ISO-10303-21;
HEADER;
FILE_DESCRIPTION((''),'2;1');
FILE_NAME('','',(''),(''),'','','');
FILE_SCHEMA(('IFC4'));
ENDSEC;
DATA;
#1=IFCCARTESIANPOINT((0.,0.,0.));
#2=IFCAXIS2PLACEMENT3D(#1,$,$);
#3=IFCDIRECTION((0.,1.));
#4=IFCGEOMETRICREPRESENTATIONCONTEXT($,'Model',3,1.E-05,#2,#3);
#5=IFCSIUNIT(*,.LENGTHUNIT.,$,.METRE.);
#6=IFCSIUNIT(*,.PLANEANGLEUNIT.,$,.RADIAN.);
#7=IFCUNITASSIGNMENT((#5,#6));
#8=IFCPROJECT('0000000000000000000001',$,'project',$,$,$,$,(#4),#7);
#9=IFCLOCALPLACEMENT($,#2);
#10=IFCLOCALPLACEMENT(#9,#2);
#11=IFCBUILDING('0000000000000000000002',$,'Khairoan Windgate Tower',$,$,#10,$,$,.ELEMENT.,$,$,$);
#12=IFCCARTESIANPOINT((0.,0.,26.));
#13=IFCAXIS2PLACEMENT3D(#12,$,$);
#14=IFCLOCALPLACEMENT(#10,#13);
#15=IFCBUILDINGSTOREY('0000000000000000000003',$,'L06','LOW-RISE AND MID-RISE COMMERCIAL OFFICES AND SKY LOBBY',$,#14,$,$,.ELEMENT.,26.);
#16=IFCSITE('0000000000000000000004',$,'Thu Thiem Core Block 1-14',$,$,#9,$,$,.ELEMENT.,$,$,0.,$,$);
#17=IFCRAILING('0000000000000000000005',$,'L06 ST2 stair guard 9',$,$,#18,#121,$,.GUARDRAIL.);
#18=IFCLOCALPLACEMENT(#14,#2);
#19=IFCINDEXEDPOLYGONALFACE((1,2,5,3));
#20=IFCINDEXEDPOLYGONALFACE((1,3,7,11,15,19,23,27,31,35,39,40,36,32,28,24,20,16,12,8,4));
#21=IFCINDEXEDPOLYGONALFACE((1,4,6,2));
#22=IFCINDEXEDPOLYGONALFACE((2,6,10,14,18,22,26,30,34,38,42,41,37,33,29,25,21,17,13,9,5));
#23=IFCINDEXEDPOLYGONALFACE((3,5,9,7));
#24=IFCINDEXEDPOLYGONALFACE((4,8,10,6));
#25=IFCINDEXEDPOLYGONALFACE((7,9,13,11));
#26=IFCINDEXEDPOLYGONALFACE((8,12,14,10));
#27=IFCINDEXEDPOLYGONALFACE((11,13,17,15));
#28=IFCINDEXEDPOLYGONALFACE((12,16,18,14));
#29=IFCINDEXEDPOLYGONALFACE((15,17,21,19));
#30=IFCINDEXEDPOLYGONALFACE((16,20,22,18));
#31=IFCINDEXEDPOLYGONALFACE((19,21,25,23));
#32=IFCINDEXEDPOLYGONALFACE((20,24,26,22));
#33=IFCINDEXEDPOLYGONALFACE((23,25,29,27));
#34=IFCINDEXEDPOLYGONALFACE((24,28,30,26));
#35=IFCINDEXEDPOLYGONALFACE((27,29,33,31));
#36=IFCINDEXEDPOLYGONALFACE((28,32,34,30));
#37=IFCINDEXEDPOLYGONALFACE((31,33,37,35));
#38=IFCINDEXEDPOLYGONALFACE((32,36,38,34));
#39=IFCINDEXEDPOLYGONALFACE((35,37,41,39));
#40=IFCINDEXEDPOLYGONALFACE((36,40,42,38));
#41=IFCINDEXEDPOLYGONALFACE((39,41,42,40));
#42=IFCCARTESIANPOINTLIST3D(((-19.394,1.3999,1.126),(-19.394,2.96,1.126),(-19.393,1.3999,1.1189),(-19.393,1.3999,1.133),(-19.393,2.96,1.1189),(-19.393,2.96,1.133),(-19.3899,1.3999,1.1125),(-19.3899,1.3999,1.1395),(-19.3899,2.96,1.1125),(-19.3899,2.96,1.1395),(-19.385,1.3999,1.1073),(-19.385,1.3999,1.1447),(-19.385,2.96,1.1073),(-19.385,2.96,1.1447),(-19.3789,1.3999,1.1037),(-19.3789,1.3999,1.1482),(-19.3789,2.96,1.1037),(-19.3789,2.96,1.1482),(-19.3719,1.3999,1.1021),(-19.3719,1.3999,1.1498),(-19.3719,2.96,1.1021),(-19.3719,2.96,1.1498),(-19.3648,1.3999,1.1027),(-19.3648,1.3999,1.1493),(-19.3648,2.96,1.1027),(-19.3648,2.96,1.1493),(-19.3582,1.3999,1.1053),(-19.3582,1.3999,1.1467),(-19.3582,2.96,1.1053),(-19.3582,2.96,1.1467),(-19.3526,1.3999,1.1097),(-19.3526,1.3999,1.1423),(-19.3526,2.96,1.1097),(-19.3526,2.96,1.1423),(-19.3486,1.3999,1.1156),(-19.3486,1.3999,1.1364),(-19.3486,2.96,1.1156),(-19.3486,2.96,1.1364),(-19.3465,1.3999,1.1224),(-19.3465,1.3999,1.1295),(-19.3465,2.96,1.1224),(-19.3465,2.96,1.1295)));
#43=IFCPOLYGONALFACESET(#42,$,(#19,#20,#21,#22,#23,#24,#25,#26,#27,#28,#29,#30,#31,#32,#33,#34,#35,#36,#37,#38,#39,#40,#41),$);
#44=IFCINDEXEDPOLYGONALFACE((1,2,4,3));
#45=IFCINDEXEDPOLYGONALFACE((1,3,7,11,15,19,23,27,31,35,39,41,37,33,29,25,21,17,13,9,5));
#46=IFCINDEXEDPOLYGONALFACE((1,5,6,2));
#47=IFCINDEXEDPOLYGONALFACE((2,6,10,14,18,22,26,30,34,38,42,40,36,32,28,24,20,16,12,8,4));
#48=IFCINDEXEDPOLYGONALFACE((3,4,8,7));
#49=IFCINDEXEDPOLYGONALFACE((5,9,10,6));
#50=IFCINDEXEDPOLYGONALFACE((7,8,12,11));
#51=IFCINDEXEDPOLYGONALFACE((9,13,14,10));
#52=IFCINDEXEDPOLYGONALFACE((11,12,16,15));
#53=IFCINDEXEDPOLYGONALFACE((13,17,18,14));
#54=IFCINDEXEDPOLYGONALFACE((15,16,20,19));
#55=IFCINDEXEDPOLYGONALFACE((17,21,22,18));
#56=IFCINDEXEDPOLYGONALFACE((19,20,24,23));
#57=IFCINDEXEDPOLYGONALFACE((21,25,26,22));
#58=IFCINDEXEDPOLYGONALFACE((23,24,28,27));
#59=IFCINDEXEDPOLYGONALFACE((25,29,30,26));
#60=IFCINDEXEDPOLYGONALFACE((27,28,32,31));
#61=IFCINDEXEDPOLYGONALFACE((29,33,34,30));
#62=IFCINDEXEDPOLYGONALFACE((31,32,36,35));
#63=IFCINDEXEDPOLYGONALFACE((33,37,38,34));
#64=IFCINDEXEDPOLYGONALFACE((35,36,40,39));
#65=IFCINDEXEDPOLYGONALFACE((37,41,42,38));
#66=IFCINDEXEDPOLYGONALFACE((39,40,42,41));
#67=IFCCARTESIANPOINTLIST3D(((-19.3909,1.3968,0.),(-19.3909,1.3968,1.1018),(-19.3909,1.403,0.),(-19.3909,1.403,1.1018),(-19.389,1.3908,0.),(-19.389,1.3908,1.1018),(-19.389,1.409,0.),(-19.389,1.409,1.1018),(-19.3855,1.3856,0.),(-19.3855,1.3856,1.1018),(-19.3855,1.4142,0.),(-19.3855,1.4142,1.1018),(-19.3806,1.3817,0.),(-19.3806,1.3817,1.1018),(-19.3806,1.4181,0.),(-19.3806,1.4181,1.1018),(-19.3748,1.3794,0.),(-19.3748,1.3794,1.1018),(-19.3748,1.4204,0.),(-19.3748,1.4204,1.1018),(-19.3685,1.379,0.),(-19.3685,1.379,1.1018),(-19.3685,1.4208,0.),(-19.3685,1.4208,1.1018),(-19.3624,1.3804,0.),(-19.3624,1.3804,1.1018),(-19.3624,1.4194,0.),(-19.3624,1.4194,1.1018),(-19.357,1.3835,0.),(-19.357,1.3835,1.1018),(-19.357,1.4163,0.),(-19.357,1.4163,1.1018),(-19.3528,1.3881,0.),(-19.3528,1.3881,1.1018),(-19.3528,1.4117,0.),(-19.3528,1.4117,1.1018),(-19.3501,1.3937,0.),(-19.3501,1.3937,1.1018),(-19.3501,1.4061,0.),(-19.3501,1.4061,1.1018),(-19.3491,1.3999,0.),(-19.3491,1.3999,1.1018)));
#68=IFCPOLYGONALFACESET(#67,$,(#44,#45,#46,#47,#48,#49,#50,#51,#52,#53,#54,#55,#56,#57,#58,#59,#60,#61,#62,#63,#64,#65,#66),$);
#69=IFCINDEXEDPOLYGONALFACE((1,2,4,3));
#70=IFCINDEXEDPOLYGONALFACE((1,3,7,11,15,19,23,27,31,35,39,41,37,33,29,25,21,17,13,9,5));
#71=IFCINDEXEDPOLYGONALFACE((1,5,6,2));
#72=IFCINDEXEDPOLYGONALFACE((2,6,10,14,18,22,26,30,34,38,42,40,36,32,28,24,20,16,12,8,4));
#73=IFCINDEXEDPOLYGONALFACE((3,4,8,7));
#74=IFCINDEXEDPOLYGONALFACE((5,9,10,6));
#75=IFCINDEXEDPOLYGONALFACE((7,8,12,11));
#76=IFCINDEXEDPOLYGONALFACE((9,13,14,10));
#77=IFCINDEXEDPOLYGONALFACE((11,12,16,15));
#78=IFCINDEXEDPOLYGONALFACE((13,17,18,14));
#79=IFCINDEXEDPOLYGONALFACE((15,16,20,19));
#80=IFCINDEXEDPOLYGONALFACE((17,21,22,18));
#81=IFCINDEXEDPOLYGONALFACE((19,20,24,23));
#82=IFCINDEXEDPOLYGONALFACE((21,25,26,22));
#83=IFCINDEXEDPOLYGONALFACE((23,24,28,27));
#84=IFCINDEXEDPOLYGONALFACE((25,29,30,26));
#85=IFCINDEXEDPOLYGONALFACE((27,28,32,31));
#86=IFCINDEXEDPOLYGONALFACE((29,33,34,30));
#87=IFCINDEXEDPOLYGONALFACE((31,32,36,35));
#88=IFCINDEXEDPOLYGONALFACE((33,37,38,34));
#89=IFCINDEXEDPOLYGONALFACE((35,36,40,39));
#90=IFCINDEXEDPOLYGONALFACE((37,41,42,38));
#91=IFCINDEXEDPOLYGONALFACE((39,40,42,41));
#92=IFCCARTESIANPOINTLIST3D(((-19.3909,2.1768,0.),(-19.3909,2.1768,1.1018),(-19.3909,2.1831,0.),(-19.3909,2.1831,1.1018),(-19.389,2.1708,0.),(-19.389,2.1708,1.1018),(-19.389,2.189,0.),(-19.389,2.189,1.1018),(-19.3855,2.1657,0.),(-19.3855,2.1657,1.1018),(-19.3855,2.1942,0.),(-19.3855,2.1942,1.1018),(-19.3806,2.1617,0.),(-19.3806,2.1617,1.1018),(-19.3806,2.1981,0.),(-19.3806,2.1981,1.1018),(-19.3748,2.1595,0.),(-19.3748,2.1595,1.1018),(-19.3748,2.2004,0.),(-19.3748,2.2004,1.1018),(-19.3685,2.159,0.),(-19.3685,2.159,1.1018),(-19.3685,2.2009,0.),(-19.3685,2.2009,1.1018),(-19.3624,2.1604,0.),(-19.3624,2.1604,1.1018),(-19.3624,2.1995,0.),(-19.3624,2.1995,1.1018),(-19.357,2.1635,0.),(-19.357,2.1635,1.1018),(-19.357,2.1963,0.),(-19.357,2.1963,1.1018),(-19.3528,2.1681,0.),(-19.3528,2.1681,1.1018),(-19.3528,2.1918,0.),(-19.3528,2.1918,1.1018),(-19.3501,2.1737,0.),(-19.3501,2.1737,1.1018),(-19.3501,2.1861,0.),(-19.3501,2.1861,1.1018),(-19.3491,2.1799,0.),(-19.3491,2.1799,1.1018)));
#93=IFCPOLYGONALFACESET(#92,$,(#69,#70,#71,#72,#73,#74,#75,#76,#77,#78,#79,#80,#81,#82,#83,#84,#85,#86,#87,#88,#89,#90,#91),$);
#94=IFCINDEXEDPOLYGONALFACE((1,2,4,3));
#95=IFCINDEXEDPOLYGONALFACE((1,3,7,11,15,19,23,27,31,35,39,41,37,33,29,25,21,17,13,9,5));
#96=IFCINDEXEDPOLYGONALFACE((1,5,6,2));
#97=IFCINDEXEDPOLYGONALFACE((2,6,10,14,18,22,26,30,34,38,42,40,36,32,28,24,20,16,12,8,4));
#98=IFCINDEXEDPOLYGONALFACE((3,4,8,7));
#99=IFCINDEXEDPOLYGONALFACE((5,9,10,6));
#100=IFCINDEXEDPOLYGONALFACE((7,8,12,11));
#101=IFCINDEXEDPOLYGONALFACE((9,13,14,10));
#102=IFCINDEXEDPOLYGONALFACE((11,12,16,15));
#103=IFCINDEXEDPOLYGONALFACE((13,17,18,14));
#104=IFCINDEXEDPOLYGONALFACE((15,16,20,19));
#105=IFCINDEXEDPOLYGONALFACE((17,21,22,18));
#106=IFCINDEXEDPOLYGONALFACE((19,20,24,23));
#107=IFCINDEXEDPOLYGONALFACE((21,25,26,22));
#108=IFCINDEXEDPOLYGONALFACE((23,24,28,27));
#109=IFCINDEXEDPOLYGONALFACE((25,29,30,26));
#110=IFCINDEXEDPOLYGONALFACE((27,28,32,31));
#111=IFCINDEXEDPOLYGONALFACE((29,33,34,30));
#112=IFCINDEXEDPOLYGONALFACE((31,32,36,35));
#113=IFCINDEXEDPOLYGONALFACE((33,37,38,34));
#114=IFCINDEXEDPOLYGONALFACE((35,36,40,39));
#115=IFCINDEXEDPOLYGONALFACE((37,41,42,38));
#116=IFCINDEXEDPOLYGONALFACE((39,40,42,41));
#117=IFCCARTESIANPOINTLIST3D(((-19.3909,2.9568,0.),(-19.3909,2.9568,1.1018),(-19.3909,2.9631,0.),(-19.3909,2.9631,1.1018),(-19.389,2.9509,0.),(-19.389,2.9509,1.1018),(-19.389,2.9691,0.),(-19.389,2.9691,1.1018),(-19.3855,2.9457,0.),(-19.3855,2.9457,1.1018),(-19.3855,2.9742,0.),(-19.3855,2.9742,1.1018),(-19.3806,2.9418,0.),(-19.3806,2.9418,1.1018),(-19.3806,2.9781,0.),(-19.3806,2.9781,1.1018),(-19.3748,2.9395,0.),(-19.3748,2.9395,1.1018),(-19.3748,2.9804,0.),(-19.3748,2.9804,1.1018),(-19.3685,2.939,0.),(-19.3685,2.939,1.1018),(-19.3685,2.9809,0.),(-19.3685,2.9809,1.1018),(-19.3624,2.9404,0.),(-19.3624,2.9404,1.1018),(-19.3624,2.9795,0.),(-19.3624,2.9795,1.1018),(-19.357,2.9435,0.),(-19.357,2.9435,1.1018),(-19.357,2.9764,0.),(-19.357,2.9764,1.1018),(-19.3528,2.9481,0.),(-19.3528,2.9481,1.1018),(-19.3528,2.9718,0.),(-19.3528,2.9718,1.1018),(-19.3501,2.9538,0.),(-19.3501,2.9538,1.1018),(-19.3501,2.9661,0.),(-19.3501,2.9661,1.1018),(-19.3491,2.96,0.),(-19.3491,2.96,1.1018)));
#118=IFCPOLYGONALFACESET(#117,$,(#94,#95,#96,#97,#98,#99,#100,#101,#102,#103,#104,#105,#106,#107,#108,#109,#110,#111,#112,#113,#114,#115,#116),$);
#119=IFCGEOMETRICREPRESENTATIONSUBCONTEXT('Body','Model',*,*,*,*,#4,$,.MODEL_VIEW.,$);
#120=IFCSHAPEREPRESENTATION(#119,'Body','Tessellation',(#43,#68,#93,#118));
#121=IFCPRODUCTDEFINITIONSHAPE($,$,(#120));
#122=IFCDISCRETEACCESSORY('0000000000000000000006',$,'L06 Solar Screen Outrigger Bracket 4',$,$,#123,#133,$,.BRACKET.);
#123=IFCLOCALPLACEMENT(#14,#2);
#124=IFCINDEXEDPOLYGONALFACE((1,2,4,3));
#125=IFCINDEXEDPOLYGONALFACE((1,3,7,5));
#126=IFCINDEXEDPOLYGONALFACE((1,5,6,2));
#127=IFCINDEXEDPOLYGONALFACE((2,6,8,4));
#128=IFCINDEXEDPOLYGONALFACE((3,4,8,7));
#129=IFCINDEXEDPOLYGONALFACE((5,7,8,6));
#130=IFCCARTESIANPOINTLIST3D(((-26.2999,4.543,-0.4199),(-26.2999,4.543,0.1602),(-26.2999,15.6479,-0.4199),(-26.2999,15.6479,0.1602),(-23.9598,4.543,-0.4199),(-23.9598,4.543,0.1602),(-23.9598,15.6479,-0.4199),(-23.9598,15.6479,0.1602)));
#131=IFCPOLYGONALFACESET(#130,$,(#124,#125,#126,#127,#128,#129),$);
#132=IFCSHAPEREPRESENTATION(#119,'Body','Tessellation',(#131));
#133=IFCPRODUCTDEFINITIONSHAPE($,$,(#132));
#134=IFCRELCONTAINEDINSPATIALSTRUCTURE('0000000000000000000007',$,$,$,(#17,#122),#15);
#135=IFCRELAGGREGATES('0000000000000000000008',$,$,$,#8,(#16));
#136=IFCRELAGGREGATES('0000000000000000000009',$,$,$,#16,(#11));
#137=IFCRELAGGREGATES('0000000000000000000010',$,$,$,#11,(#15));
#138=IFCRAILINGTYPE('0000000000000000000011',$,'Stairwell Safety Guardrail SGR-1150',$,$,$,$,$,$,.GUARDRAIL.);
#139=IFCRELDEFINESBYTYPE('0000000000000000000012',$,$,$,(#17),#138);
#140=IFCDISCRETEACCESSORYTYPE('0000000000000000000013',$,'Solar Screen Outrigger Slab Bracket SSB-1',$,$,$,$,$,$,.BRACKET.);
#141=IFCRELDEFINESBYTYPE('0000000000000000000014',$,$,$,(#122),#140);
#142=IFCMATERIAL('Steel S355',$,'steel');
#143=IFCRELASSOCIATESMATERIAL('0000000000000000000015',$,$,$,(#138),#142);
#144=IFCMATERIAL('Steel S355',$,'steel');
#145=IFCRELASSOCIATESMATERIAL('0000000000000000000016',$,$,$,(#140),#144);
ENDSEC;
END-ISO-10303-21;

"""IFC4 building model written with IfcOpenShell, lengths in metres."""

from ifc_helpers import new_model, si_unit, direction, frame, origin, origin_2d, place, context, subcontext, project, spatial, rectangle, circle, extrude, material, type_object, element, save


model = new_model("IFC4")

# Units and contexts
model_context = context("Model", 3, precision=1e-05, world=origin(), true_north=direction((0.0, 1.0)))
body_context = subcontext(model_context, "Body", "Model", "MODEL_VIEW")
ifc_project = project(units=[si_unit("LENGTHUNIT", "METRE"), si_unit("PLANEANGLEUNIT", "RADIAN")], contexts=[model_context])

# Site, building, storey
site_placement = place(None, origin())
site = spatial("IfcSite", under=ifc_project, at=site_placement, Name="Thu Thiem Core Block 1-14", CompositionType="ELEMENT", RefElevation=0.0)
building_placement = place(site_placement, origin())
building = spatial("IfcBuilding", under=site, at=building_placement, Name="Khairoan Windgate Tower", CompositionType="ELEMENT")
storey_placement = place(building_placement, frame((0.0, 0.0, 26.0)))
storey = spatial("IfcBuildingStorey", under=building, at=storey_placement, Name="L06", Description="LOW-RISE AND MID-RISE COMMERCIAL OFFICES AND SKY LOBBY", CompositionType="ELEMENT", Elevation=26.0)

# Railing
ifc_material_1 = material(Name="Steel S355", Category="steel")
railing_type_1 = type_object("IfcRailingType", Name="Stairwell Safety Guardrail SGR-1150", PredefinedType="GUARDRAIL", material=ifc_material_1)
for number, where, name in (
    (1, (-19.3701, 1.3999, 0.0), "L06 ST2 stair guard 9"),
):
    element("IfcRailing", number, at=place(storey_placement, frame(where)), inside=storey, type_object=railing_type_1, Name=name, PredefinedType="GUARDRAIL", context=body_context, shape_type="SweptSolid", body=[
        extrude(circle(Radius=0.0239, at=origin_2d()), frame((0.0, 0.0, 1.126), z_axis=(0.0, 1.0, 0.0), x_axis=(-1.0, 0.0, 0.0)), (0.0, 0.0, 1.0), 1.5601),
        extrude(circle(Radius=0.021, at=origin_2d()), origin(), (0.0, 0.0, 1.0), 1.1018),
        extrude(circle(Radius=0.021, at=origin_2d()), frame((0.0, 0.78, 0.0)), (0.0, 0.0, 1.0), 1.1018),
        extrude(circle(Radius=0.021, at=origin_2d()), frame((0.0, 1.5601, 0.0)), (0.0, 0.0, 1.0), 1.1018),
    ])

# Discrete accessory
ifc_material_2 = material(Name="Steel S355", Category="steel")
discrete_accessory_type = type_object("IfcDiscreteAccessoryType", Name="Solar Screen Outrigger Slab Bracket SSB-1", PredefinedType="BRACKET", material=ifc_material_2)
discrete_accessory_placement = place(storey_placement, frame((-25.1299, 10.0955, -0.4199), z_axis=(0.0, 0.0, 1.0), x_axis=(0.0, 1.0, 0.0)))
element("IfcDiscreteAccessory", 2, at=discrete_accessory_placement, inside=storey, type_object=discrete_accessory_type, Name="L06 Solar Screen Outrigger Bracket 4", PredefinedType="BRACKET", context=body_context, shape_type="SweptSolid", body=[
    extrude(rectangle(XDim=11.105, YDim=2.3401, at=origin_2d()), origin(), (0.0, 0.0, 1.0), 0.5801),
])

save(model, "model.ifc")
